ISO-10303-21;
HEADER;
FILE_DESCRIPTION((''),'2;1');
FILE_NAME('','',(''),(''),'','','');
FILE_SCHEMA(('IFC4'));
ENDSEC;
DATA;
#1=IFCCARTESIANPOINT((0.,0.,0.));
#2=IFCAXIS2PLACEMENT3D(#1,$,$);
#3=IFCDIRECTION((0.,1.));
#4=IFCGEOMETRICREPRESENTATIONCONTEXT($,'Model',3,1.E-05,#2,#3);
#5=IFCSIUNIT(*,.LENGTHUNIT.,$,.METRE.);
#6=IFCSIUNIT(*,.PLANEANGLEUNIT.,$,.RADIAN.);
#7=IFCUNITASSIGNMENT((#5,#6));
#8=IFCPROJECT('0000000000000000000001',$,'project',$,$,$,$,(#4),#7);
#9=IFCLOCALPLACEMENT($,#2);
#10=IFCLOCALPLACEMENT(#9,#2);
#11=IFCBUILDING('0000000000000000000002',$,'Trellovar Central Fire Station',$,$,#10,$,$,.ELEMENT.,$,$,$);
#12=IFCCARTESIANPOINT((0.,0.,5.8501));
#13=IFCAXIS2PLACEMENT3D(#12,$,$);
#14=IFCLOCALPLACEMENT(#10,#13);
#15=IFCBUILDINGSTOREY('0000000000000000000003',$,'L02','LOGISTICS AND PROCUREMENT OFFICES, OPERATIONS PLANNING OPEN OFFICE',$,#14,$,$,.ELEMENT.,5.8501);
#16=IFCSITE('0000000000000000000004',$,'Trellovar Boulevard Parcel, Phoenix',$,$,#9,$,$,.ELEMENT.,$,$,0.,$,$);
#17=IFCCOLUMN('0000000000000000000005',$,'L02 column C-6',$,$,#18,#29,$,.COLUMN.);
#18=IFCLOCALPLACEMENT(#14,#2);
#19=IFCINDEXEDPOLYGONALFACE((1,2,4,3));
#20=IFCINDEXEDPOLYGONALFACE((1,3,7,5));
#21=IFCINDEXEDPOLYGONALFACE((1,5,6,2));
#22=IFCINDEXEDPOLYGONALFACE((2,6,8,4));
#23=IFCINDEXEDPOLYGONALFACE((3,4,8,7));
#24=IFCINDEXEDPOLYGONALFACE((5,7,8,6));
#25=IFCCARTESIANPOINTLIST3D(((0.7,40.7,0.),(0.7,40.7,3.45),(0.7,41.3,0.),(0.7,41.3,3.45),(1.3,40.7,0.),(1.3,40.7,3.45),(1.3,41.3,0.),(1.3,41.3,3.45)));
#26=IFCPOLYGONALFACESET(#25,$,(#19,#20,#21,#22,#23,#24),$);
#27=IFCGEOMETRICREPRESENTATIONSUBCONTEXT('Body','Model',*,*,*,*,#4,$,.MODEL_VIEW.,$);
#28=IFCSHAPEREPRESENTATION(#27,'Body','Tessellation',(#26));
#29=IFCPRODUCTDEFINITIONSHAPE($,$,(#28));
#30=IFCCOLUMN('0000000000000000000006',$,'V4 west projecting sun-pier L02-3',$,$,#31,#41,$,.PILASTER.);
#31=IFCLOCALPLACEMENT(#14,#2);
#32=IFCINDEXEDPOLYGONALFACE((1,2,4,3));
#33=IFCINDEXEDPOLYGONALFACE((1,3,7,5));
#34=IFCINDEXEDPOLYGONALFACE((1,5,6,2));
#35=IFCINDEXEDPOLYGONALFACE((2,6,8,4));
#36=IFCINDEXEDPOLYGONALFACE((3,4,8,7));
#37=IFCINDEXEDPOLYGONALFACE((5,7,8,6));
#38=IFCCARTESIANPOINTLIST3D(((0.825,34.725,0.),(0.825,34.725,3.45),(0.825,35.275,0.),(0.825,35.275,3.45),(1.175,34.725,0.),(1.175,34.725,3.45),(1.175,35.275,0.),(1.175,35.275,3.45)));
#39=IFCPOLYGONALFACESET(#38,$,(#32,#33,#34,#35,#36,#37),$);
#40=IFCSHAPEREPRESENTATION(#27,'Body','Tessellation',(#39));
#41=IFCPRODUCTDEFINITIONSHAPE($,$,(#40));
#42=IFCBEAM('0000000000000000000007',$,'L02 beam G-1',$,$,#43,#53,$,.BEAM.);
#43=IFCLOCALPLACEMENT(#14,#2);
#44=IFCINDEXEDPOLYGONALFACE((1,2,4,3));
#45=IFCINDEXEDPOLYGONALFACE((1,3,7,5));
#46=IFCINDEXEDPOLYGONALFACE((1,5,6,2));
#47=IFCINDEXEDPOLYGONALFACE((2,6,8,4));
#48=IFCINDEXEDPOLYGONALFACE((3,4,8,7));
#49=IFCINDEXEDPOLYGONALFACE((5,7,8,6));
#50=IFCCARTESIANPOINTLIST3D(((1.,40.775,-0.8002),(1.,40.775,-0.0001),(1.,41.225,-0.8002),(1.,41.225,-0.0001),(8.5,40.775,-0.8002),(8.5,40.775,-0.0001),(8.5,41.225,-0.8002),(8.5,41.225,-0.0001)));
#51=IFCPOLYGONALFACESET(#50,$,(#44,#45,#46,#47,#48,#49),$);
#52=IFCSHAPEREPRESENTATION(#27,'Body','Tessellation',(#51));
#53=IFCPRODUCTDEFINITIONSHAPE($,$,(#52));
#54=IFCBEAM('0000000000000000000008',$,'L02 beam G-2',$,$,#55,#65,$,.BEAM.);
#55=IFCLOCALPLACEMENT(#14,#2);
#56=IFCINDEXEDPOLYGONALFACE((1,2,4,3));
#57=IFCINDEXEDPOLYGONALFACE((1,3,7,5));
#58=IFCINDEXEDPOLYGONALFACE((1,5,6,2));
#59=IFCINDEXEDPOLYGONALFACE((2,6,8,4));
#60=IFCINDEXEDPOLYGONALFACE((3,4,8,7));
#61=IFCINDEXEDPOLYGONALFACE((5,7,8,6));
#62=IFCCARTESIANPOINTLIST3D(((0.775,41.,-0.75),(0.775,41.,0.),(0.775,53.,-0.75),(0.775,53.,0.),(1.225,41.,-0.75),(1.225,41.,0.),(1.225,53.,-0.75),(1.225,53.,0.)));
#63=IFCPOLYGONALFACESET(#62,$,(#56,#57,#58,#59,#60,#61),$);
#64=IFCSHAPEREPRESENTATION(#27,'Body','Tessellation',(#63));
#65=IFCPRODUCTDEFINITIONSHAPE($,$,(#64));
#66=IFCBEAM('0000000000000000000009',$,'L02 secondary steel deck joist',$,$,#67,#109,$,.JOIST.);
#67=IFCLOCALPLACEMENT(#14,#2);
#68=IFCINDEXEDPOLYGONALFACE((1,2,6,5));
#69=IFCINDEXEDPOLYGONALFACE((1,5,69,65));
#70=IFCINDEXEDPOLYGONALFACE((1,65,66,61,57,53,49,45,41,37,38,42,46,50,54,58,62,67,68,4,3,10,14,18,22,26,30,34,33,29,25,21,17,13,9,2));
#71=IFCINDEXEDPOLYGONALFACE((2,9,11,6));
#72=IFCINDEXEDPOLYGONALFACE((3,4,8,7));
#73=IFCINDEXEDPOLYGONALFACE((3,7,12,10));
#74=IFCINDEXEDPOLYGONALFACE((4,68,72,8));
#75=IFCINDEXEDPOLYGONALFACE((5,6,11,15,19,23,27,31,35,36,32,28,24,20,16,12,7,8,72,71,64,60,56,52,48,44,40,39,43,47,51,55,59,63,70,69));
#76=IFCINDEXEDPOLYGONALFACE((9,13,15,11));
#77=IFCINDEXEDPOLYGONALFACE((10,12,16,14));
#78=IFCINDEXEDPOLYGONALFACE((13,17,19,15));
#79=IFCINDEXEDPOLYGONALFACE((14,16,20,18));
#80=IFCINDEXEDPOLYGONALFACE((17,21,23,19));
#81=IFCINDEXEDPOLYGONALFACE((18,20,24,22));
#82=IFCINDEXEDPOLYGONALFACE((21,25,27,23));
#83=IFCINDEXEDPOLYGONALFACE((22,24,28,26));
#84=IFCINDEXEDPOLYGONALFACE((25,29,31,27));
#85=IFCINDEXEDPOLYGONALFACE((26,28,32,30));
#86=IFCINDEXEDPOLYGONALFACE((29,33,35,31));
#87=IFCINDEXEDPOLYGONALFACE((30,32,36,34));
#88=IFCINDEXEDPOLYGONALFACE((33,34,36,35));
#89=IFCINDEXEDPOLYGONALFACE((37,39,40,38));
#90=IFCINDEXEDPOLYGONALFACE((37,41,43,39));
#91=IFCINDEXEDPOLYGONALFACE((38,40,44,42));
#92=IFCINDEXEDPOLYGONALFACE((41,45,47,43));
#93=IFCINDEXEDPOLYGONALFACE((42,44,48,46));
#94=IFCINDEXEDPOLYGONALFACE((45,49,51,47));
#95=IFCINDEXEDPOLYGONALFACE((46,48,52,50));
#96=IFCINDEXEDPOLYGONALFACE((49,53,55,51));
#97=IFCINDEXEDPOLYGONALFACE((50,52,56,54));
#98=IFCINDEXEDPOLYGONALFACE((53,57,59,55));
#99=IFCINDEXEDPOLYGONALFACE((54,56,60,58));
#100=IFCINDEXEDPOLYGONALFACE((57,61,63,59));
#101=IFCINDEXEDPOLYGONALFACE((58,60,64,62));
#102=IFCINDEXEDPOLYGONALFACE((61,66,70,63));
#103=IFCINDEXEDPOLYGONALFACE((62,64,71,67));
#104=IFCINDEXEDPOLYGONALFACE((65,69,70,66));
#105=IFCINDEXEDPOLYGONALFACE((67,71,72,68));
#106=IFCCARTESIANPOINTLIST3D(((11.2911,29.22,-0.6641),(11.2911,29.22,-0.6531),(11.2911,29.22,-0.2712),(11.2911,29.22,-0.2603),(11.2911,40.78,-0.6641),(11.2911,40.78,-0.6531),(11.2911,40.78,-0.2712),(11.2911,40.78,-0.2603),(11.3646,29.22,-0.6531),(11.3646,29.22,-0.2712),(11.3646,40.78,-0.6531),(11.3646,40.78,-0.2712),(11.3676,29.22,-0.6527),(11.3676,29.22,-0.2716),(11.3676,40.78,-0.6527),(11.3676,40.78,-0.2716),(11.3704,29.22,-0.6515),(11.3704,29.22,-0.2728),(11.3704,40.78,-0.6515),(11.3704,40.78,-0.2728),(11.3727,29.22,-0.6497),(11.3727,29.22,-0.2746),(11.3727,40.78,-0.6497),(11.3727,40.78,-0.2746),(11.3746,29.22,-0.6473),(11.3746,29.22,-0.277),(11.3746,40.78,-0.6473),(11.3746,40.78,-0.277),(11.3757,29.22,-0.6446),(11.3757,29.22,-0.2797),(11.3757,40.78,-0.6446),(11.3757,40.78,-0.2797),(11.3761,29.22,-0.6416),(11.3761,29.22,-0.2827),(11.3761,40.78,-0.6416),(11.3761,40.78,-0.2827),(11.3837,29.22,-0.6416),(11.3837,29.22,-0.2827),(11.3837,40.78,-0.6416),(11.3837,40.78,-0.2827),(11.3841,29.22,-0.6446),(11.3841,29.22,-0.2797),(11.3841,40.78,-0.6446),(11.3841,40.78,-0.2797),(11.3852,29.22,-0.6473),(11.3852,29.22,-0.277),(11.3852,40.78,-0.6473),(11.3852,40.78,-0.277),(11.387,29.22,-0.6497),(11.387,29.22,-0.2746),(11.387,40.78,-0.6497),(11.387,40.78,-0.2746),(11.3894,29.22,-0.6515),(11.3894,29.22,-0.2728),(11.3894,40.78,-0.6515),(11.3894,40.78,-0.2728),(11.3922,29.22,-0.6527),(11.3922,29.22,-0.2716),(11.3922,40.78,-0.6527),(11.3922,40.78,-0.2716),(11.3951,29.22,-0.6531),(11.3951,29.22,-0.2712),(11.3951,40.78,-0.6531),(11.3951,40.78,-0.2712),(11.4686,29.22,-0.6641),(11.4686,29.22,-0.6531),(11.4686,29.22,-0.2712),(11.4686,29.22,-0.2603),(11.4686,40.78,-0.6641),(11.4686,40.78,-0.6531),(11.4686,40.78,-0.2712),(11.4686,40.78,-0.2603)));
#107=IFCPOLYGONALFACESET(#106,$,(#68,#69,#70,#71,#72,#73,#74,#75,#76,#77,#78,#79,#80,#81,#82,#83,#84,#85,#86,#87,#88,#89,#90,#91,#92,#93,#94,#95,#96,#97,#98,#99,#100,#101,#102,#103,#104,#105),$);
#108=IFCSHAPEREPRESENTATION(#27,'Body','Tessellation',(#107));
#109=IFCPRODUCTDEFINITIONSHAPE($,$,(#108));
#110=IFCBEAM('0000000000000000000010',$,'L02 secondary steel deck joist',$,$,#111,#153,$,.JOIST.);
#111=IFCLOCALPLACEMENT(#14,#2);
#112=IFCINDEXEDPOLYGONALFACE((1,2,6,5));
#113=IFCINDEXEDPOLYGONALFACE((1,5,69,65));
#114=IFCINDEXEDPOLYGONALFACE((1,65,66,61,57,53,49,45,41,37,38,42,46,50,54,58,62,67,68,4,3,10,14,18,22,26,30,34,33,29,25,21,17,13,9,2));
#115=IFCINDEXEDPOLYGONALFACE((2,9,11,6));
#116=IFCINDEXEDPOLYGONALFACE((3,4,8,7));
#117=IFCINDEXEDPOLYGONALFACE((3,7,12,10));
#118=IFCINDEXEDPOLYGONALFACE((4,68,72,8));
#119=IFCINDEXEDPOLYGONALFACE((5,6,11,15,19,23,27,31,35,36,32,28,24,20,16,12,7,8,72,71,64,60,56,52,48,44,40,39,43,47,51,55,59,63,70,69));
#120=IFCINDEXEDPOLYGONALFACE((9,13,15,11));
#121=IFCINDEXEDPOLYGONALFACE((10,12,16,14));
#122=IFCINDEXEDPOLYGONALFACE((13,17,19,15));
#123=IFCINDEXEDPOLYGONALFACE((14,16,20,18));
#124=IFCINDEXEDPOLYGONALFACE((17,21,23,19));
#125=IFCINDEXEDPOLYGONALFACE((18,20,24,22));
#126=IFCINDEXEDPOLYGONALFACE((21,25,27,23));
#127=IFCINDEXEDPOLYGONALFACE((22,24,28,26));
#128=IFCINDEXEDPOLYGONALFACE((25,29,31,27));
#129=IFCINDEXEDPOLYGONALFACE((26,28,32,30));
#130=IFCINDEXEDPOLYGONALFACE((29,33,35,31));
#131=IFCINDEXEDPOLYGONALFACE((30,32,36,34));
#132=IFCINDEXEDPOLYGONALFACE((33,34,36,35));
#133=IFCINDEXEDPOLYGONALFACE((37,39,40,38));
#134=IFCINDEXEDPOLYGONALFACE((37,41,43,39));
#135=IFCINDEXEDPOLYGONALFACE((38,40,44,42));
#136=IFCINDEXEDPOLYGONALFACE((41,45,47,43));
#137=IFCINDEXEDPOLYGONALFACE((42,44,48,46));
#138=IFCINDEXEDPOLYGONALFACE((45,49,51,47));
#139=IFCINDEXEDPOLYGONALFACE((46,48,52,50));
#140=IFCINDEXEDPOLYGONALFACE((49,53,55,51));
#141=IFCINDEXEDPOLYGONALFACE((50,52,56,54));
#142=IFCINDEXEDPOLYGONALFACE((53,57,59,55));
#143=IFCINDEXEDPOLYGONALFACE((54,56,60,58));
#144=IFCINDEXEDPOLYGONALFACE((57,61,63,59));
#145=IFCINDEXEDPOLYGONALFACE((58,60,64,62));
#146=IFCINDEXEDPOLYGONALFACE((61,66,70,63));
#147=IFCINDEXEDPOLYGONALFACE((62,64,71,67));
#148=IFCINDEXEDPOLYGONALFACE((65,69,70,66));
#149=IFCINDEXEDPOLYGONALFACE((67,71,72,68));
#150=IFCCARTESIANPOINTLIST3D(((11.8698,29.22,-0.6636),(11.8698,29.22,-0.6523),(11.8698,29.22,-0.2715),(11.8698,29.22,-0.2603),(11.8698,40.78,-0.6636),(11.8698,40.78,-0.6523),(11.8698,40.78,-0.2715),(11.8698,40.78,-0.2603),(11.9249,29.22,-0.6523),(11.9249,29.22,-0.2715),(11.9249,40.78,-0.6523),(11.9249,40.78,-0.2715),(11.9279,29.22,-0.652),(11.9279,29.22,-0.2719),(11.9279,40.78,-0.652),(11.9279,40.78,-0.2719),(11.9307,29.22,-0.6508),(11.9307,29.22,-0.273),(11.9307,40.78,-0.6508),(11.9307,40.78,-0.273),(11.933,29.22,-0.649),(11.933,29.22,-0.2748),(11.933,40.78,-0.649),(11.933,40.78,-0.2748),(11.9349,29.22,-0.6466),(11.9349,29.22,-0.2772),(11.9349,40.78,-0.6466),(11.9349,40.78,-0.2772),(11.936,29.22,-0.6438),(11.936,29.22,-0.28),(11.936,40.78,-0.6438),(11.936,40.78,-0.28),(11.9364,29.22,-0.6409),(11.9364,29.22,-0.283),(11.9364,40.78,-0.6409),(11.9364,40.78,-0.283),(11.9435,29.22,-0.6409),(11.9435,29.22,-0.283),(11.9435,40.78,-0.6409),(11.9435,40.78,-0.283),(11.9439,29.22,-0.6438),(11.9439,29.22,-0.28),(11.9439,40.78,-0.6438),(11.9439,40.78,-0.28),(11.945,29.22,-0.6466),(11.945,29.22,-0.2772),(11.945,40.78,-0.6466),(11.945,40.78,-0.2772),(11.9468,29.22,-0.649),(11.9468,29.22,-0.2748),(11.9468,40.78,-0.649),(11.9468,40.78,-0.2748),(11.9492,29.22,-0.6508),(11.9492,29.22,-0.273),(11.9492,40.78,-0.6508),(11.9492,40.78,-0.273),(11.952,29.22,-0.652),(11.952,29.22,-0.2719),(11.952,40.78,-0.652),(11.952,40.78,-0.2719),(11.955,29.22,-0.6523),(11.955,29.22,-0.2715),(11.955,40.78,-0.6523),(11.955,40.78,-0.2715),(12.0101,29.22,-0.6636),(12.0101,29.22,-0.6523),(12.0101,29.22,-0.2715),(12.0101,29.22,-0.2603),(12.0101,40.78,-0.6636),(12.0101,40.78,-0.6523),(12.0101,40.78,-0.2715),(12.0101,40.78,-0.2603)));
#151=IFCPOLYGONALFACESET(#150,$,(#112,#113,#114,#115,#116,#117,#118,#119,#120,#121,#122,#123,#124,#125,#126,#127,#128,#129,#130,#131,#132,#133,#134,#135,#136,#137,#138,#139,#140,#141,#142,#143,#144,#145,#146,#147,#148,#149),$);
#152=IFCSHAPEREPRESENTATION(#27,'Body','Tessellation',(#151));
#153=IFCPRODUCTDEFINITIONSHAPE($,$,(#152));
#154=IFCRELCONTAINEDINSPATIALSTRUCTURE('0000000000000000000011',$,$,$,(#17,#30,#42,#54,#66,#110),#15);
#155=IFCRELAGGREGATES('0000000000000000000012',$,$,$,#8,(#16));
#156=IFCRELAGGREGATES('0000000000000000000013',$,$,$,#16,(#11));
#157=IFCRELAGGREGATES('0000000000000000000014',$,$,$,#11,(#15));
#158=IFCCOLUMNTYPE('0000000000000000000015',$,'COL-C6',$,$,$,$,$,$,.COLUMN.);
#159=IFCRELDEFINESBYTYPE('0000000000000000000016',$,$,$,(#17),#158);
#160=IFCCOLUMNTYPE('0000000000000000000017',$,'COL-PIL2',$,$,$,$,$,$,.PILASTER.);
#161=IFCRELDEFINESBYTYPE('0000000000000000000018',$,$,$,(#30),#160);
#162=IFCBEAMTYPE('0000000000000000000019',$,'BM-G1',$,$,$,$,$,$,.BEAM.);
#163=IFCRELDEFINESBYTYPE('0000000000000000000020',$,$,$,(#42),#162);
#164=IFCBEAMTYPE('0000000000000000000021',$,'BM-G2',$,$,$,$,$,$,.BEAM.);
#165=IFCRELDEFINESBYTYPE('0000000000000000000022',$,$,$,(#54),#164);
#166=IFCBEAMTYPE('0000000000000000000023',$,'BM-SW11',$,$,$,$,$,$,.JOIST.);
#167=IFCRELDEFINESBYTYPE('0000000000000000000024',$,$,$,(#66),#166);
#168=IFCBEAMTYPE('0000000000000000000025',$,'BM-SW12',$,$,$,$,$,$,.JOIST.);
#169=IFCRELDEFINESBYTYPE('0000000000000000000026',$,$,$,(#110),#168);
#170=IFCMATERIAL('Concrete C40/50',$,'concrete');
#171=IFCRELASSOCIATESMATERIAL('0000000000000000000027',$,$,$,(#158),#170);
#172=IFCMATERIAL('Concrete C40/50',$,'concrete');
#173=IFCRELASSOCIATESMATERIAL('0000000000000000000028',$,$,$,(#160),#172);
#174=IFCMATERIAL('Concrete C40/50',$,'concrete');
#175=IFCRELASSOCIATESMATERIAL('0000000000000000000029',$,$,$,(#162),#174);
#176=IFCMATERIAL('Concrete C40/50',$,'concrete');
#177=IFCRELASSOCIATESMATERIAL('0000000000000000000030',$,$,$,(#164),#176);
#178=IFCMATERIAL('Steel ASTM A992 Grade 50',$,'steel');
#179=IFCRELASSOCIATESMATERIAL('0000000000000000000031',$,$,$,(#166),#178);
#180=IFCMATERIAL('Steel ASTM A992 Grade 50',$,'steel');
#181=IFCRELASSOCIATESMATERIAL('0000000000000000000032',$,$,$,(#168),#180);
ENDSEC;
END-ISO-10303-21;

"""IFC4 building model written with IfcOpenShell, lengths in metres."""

from ifc_helpers import new_model, si_unit, direction, frame, origin, origin_2d, place, context, subcontext, project, spatial, rectangle, i_section, extrude, material, material_profile, profile_set, type_object, element, save


model = new_model("IFC4")

# Units and contexts
model_context = context("Model", 3, precision=1e-05, world=origin(), true_north=direction((0.0, 1.0)))
body_context = subcontext(model_context, "Body", "Model", "MODEL_VIEW")
ifc_project = project(units=[si_unit("LENGTHUNIT", "METRE"), si_unit("PLANEANGLEUNIT", "RADIAN")], contexts=[model_context])

# Site, building, storey
site_placement = place(None, origin())
site = spatial("IfcSite", under=ifc_project, at=site_placement, Name="Trellovar Boulevard Parcel, Phoenix", CompositionType="ELEMENT", RefElevation=0.0)
building_placement = place(site_placement, origin())
building = spatial("IfcBuilding", under=site, at=building_placement, Name="Trellovar Central Fire Station", CompositionType="ELEMENT")
storey_placement = place(building_placement, frame((0.0, 0.0, 5.8501)))
storey = spatial("IfcBuildingStorey", under=building, at=storey_placement, Name="L02", Description="LOGISTICS AND PROCUREMENT OFFICES, OPERATIONS PLANNING OPEN OFFICE", CompositionType="ELEMENT", Elevation=5.8501)

# Columns
ifc_material_1 = material(Name="Concrete C40/50", Category="concrete")
ifc_material_profile_1 = material_profile(ifc_material_1, rectangle(XDim=0.6001, YDim=0.6001, at=origin_2d()), Name="RC600X600")
ifc_profile_set_1 = profile_set([ifc_material_profile_1], Name="Concrete C40/50")
column_type_1 = type_object("IfcColumnType", Name="COL-C6", PredefinedType="COLUMN", material=ifc_profile_set_1)
column_1_placement = place(storey_placement, frame((1.0, 41.0, 0.0), z_axis=(0.0, 0.0, 1.0), x_axis=(1.0, 0.0, 0.0)))
element("IfcColumn", 1, at=column_1_placement, inside=storey, type_object=column_type_1, Name="L02 column C-6", PredefinedType="COLUMN", context=body_context, shape_type="SweptSolid", body=[
    extrude(rectangle(XDim=0.6001, YDim=0.6001, at=origin_2d()), origin(), (0.0, 0.0, 1.0), 3.45),
])
ifc_material_2 = material(Name="Concrete C40/50", Category="concrete")
ifc_material_profile_2 = material_profile(ifc_material_2, rectangle(XDim=0.3501, YDim=0.55, at=origin_2d()), Name="RC350X550")
ifc_profile_set_2 = profile_set([ifc_material_profile_2], Name="Concrete C40/50")
column_type_2 = type_object("IfcColumnType", Name="COL-PIL2", PredefinedType="PILASTER", material=ifc_profile_set_2)
column_2_placement = place(storey_placement, frame((1.0, 35.0, 0.0), z_axis=(0.0, 0.0, 1.0), x_axis=(1.0, 0.0, 0.0)))
element("IfcColumn", 2, at=column_2_placement, inside=storey, type_object=column_type_2, Name="V4 west projecting sun-pier L02-3", PredefinedType="PILASTER", context=body_context, shape_type="SweptSolid", body=[
    extrude(rectangle(XDim=0.3501, YDim=0.55, at=origin_2d()), origin(), (0.0, 0.0, 1.0), 3.45),
])

# Beams
ifc_material_3 = material(Name="Concrete C40/50", Category="concrete")
ifc_material_profile_3 = material_profile(ifc_material_3, rectangle(XDim=0.45, YDim=0.8, at=origin_2d()), Name="RC450X800")
ifc_profile_set_3 = profile_set([ifc_material_profile_3], Name="Concrete C40/50")
beam_type_1 = type_object("IfcBeamType", Name="BM-G1", PredefinedType="BEAM", material=ifc_profile_set_3)
beam_1_placement = place(storey_placement, frame((1.0, 41.0, -0.4001), z_axis=(1.0, 0.0, 0.0), x_axis=(0.0, 1.0, 0.0)))
element("IfcBeam", 3, at=beam_1_placement, inside=storey, type_object=beam_type_1, Name="L02 beam G-1", PredefinedType="BEAM", context=body_context, shape_type="SweptSolid", body=[
    extrude(rectangle(XDim=0.45, YDim=0.8, at=origin_2d()), origin(), (0.0, 0.0, 1.0), 7.5),
])
ifc_material_4 = material(Name="Concrete C40/50", Category="concrete")
ifc_material_profile_4 = material_profile(ifc_material_4, rectangle(XDim=0.45, YDim=0.75, at=origin_2d()), Name="RC450X750")
ifc_profile_set_4 = profile_set([ifc_material_profile_4], Name="Concrete C40/50")
beam_type_2 = type_object("IfcBeamType", Name="BM-G2", PredefinedType="BEAM", material=ifc_profile_set_4)
beam_2_placement = place(storey_placement, frame((1.0, 41.0, -0.375), z_axis=(0.0, 1.0, 0.0), x_axis=(-1.0, 0.0, 0.0)))
element("IfcBeam", 4, at=beam_2_placement, inside=storey, type_object=beam_type_2, Name="L02 beam G-2", PredefinedType="BEAM", context=body_context, shape_type="SweptSolid", body=[
    extrude(rectangle(XDim=0.45, YDim=0.75, at=origin_2d()), origin(), (0.0, 0.0, 1.0), 12.0),
])
ifc_material_5 = material(Name="Steel ASTM A992 Grade 50", Category="steel")
ifc_material_profile_5 = material_profile(ifc_material_5, i_section(OverallWidth=0.1775, OverallDepth=0.4038, WebThickness=0.0076, FlangeThickness=0.011, FilletRadius=0.0115, at=origin_2d()), Name="W16X36")
ifc_profile_set_5 = profile_set([ifc_material_profile_5], Name="Steel ASTM A992 Grade 50")
beam_type_3 = type_object("IfcBeamType", Name="BM-SW11", PredefinedType="JOIST", material=ifc_profile_set_5)
beam_3_placement = place(storey_placement, frame((11.3799, 29.22, -0.4622), z_axis=(0.0, 1.0, 0.0), x_axis=(-1.0, 0.0, 0.0)))
element("IfcBeam", 5, at=beam_3_placement, inside=storey, type_object=beam_type_3, Name="L02 secondary steel deck joist", PredefinedType="JOIST", context=body_context, shape_type="SweptSolid", body=[
    extrude(i_section(OverallWidth=0.1775, OverallDepth=0.4038, WebThickness=0.0076, FlangeThickness=0.011, FilletRadius=0.0115, at=origin_2d()), origin(), (0.0, 0.0, 1.0), 11.5601),
])
ifc_material_6 = material(Name="Steel ASTM A992 Grade 50", Category="steel")
ifc_material_profile_6 = material_profile(ifc_material_6, i_section(OverallWidth=0.1404, OverallDepth=0.4033, WebThickness=0.0071, FlangeThickness=0.0112, FilletRadius=0.0115, at=origin_2d()), Name="W16X31")
ifc_profile_set_6 = profile_set([ifc_material_profile_6], Name="Steel ASTM A992 Grade 50")
beam_type_4 = type_object("IfcBeamType", Name="BM-SW12", PredefinedType="JOIST", material=ifc_profile_set_6)
beam_4_placement = place(storey_placement, frame((11.9399, 29.22, -0.4619), z_axis=(0.0, 1.0, 0.0), x_axis=(-1.0, 0.0, 0.0)))
element("IfcBeam", 6, at=beam_4_placement, inside=storey, type_object=beam_type_4, Name="L02 secondary steel deck joist", PredefinedType="JOIST", context=body_context, shape_type="SweptSolid", body=[
    extrude(i_section(OverallWidth=0.1404, OverallDepth=0.4033, WebThickness=0.0071, FlangeThickness=0.0112, FilletRadius=0.0115, at=origin_2d()), origin(), (0.0, 0.0, 1.0), 11.5601),
])

save(model, "model.ifc")
